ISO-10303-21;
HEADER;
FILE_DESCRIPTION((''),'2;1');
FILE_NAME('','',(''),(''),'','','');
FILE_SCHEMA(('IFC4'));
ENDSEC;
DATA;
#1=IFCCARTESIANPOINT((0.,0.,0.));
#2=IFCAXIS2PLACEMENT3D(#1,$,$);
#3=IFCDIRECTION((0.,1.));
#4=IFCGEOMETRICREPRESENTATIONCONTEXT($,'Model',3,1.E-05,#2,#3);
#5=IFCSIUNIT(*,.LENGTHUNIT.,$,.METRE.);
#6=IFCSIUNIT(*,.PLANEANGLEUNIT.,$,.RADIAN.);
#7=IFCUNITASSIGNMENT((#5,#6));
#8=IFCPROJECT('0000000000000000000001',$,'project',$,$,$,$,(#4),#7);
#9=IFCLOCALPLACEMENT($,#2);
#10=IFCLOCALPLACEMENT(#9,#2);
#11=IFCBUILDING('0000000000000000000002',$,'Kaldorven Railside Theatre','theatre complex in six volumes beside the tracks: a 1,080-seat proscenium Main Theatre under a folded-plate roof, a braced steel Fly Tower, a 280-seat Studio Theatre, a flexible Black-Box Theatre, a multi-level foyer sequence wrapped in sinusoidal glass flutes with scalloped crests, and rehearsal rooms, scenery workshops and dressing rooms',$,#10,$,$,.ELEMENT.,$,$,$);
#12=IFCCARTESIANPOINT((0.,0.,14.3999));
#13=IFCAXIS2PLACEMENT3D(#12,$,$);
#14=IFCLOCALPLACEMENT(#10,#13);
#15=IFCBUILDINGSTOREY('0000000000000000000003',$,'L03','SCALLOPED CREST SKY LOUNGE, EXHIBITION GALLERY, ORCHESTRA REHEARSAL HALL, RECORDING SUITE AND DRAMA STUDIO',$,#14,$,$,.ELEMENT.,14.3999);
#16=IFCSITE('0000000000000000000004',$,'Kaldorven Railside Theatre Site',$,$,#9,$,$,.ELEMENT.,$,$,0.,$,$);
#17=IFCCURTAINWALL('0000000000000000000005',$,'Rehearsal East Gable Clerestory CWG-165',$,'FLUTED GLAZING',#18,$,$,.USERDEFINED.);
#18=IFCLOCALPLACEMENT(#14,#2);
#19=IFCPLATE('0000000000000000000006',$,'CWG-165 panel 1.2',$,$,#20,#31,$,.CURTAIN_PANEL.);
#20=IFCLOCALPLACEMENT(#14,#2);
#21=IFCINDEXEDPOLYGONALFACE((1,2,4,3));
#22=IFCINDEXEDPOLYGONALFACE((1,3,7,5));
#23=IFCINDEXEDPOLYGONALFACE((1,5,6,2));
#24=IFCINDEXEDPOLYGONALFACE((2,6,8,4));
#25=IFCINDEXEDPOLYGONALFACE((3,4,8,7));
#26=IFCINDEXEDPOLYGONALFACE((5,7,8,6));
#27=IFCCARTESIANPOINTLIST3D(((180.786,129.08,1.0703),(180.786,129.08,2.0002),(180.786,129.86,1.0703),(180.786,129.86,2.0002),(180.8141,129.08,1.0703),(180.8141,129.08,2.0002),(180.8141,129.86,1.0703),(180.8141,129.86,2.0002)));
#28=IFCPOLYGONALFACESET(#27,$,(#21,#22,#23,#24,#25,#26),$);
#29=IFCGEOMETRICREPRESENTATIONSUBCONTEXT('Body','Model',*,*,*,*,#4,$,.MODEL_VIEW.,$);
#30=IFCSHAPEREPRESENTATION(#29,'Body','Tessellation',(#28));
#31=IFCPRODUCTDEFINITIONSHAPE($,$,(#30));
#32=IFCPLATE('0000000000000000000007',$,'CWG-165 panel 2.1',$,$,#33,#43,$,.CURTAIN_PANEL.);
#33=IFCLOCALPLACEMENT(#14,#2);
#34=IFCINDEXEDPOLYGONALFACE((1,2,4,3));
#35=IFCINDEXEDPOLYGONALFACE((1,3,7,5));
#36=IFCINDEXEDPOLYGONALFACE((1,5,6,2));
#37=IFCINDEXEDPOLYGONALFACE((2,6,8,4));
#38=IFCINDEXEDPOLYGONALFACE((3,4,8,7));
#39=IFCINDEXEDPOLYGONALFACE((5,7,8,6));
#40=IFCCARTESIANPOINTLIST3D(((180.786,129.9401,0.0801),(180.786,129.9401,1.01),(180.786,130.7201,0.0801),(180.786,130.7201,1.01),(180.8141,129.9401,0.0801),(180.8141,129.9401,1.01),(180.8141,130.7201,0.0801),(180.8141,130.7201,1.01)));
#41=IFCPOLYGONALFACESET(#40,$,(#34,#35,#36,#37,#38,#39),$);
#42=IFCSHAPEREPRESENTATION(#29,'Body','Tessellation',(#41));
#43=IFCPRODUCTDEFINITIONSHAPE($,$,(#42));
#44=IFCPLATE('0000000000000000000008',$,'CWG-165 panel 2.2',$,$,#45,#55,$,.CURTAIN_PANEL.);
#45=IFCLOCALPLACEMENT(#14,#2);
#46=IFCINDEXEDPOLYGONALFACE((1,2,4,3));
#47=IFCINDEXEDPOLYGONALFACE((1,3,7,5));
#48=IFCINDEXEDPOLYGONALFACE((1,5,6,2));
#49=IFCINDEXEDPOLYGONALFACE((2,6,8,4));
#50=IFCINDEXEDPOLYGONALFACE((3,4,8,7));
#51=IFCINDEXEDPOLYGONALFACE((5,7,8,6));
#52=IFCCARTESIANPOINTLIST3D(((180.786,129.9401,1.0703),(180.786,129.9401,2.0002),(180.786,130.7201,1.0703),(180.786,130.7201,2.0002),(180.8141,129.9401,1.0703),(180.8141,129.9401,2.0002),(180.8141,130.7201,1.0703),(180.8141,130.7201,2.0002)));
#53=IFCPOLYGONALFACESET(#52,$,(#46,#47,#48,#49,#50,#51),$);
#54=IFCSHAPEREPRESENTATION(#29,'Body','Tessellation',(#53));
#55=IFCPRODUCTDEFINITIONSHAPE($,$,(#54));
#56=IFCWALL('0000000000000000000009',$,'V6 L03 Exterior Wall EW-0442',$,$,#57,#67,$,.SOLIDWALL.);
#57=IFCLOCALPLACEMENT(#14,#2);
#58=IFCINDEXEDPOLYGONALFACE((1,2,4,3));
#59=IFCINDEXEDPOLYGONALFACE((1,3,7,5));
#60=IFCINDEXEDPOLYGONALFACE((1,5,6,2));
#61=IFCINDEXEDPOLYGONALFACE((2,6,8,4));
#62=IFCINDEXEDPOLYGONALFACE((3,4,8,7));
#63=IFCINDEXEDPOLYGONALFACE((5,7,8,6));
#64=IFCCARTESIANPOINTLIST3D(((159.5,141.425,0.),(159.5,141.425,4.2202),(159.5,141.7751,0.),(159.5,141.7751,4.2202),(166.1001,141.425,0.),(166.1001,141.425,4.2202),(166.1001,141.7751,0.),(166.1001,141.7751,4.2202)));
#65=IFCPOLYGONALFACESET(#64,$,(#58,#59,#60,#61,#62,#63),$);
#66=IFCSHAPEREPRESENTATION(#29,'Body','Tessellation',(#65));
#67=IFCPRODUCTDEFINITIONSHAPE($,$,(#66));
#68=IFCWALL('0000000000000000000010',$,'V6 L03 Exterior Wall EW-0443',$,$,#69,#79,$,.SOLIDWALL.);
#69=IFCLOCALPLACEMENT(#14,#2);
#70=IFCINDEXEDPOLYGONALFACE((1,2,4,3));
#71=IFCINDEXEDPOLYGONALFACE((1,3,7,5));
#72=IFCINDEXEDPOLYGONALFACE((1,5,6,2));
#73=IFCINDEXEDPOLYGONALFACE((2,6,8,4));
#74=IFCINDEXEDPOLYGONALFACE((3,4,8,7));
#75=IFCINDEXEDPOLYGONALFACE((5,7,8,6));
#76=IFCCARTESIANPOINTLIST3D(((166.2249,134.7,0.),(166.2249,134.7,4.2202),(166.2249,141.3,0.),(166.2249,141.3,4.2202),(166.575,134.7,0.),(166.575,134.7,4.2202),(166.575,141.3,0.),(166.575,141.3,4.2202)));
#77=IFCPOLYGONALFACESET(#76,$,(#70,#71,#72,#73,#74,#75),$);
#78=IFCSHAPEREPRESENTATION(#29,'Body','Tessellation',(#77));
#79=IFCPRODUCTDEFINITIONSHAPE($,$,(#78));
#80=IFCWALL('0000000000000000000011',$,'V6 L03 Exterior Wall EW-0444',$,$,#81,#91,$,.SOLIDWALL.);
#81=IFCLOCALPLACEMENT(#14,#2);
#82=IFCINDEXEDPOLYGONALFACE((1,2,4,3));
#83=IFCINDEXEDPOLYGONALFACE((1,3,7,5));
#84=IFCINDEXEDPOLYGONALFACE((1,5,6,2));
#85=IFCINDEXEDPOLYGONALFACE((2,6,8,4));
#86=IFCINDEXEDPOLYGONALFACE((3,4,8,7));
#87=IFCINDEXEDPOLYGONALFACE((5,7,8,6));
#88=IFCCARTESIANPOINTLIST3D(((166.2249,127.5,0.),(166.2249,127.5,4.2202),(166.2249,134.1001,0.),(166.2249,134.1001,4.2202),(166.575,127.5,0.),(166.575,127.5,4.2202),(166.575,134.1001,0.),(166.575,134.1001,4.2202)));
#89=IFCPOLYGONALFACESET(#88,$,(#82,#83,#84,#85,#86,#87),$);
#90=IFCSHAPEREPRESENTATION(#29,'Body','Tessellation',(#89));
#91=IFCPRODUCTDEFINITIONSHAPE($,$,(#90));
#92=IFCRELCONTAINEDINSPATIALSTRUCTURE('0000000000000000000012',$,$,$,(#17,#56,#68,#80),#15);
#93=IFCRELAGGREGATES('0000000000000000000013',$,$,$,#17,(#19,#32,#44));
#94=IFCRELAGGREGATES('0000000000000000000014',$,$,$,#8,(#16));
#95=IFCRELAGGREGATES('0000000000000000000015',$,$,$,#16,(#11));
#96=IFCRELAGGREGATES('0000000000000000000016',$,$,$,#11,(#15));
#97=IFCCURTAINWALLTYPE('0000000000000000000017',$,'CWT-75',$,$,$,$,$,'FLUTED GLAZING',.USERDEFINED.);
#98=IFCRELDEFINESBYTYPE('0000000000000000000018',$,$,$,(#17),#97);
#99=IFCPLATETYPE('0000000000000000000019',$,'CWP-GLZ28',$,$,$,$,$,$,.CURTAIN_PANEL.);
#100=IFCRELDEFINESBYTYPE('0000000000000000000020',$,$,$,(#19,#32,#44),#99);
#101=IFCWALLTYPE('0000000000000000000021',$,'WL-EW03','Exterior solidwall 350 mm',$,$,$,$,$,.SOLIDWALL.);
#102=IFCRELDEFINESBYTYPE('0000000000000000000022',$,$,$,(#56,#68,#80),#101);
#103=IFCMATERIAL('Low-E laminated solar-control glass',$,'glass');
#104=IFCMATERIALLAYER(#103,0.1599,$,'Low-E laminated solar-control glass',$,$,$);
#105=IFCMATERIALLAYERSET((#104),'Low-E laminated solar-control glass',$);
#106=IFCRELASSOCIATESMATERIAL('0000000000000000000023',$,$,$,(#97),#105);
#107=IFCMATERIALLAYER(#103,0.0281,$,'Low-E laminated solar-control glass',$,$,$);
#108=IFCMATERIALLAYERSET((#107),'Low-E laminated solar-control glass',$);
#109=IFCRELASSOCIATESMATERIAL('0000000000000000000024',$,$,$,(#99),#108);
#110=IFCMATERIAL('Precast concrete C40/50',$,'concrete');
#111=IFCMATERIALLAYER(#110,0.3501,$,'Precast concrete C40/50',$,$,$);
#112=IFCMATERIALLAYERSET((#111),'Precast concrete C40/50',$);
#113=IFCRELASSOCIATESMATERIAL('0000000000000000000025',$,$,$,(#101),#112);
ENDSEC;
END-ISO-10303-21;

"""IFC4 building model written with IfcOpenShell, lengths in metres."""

from ifc_helpers import new_model, si_unit, direction, frame, frame_2d, origin, origin_2d, place, context, subcontext, project, spatial, rectangle, extrude, material, layer, layer_set, type_object, element, aggregate, save


model = new_model("IFC4")

# Units and contexts
model_context = context("Model", 3, precision=1e-05, world=origin(), true_north=direction((0.0, 1.0)))
body_context = subcontext(model_context, "Body", "Model", "MODEL_VIEW")
ifc_project = project(units=[si_unit("LENGTHUNIT", "METRE"), si_unit("PLANEANGLEUNIT", "RADIAN")], contexts=[model_context])

# Site, building, storey
site_placement = place(None, origin())
site = spatial("IfcSite", under=ifc_project, at=site_placement, Name="Kaldorven Railside Theatre Site", CompositionType="ELEMENT", RefElevation=0.0)
building_placement = place(site_placement, origin())
building = spatial("IfcBuilding", under=site, at=building_placement, Name="Kaldorven Railside Theatre", Description="theatre complex in six volumes beside the tracks: a 1,080-seat proscenium Main Theatre under a folded-plate roof, a braced steel Fly Tower, a 280-seat Studio Theatre, a flexible Black-Box Theatre, a multi-level foyer sequence wrapped in sinusoidal glass flutes with scalloped crests, and rehearsal rooms, scenery workshops and dressing rooms", CompositionType="ELEMENT")
storey_placement = place(building_placement, frame((0.0, 0.0, 14.3999)))
storey = spatial("IfcBuildingStorey", under=building, at=storey_placement, Name="L03", Description="SCALLOPED CREST SKY LOUNGE, EXHIBITION GALLERY, ORCHESTRA REHEARSAL HALL, RECORDING SUITE AND DRAMA STUDIO", CompositionType="ELEMENT", Elevation=14.3999)

# Curtain wall
ifc_material_1 = material(Name="Low-E laminated solar-control glass", Category="glass")
ifc_layer_1 = layer(ifc_material_1, 0.1599, Name="Low-E laminated solar-control glass")
ifc_layer_set_1 = layer_set([ifc_layer_1], Name="Low-E laminated solar-control glass")
curtain_wall_type_1 = type_object("IfcCurtainWallType", Name="CWT-75", ElementType="FLUTED GLAZING", PredefinedType="USERDEFINED", material=ifc_layer_set_1)
curtain_wall_1_placement = place(storey_placement, origin())
curtain_wall_1 = element("IfcCurtainWall", 1, at=curtain_wall_1_placement, inside=storey, type_object=curtain_wall_type_1, Name="Rehearsal East Gable Clerestory CWG-165", ObjectType="FLUTED GLAZING", PredefinedType="USERDEFINED")

# Plates
ifc_layer_2 = layer(ifc_material_1, 0.0281, Name="Low-E laminated solar-control glass")
ifc_layer_set_2 = layer_set([ifc_layer_2], Name="Low-E laminated solar-control glass")
plate_type = type_object("IfcPlateType", Name="CWP-GLZ28", PredefinedType="CURTAIN_PANEL", material=ifc_layer_set_2)
plate_1_placement = place(storey_placement, frame((180.8, 129.47, 1.0703), z_axis=(0.0, 0.0, 1.0), x_axis=(0.0, 1.0, 0.0)))
plate_1 = element("IfcPlate", 2, at=plate_1_placement, type_object=plate_type, Name="CWG-165 panel 1.2", PredefinedType="CURTAIN_PANEL", context=body_context, shape_type="SweptSolid", body=[
    extrude(rectangle(XDim=0.78, YDim=0.0281, at=origin_2d()), origin(), (0.0, 0.0, 1.0), 0.9299),
])
plate_2_placement = place(storey_placement, frame((180.8, 130.3301, 0.0801), z_axis=(0.0, 0.0, 1.0), x_axis=(0.0, 1.0, 0.0)))
plate_2 = element("IfcPlate", 3, at=plate_2_placement, type_object=plate_type, Name="CWG-165 panel 2.1", PredefinedType="CURTAIN_PANEL", context=body_context, shape_type="SweptSolid", body=[
    extrude(rectangle(XDim=0.78, YDim=0.0281, at=origin_2d()), origin(), (0.0, 0.0, 1.0), 0.9299),
])
plate_3_placement = place(storey_placement, frame((180.8, 130.3301, 1.0703), z_axis=(0.0, 0.0, 1.0), x_axis=(0.0, 1.0, 0.0)))
plate_3 = element("IfcPlate", 4, at=plate_3_placement, type_object=plate_type, Name="CWG-165 panel 2.2", PredefinedType="CURTAIN_PANEL", context=body_context, shape_type="SweptSolid", body=[
    extrude(rectangle(XDim=0.78, YDim=0.0281, at=origin_2d()), origin(), (0.0, 0.0, 1.0), 0.9299),
])
aggregate(curtain_wall_1, [plate_1, plate_2, plate_3])

# Walls
ifc_material_2 = material(Name="Precast concrete C40/50", Category="concrete")
ifc_layer_3 = layer(ifc_material_2, 0.3501, Name="Precast concrete C40/50")
ifc_layer_set_3 = layer_set([ifc_layer_3], Name="Precast concrete C40/50")
wall_type = type_object("IfcWallType", Name="WL-EW03", Description="Exterior solidwall 350 mm", PredefinedType="SOLIDWALL", material=ifc_layer_set_3)
for number, where, z_axis, x_axis, name in (
    (5, (159.5, 141.6001, 0.0), (0.0, 0.0, 1.0), (1.0, 0.0, 0.0), "V6 L03 Exterior Wall EW-0442"),
    (6, (166.3999, 141.3, 0.0), (0.0, 0.0, 1.0), (0.0, -1.0, 0.0), "V6 L03 Exterior Wall EW-0443"),
    (7, (166.3999, 134.1001, 0.0), (0.0, 0.0, 1.0), (0.0, -1.0, 0.0), "V6 L03 Exterior Wall EW-0444"),
):
    element("IfcWall", number, at=place(storey_placement, frame(where, z_axis=z_axis, x_axis=x_axis)), inside=storey, type_object=wall_type, Name=name, PredefinedType="SOLIDWALL", context=body_context, shape_type="SweptSolid", body=[
        extrude(rectangle(XDim=6.6001, YDim=0.3501, at=frame_2d((3.3, 0.0))), origin(), (0.0, 0.0, 1.0), 4.2202),
    ])

save(model, "model.ifc")
